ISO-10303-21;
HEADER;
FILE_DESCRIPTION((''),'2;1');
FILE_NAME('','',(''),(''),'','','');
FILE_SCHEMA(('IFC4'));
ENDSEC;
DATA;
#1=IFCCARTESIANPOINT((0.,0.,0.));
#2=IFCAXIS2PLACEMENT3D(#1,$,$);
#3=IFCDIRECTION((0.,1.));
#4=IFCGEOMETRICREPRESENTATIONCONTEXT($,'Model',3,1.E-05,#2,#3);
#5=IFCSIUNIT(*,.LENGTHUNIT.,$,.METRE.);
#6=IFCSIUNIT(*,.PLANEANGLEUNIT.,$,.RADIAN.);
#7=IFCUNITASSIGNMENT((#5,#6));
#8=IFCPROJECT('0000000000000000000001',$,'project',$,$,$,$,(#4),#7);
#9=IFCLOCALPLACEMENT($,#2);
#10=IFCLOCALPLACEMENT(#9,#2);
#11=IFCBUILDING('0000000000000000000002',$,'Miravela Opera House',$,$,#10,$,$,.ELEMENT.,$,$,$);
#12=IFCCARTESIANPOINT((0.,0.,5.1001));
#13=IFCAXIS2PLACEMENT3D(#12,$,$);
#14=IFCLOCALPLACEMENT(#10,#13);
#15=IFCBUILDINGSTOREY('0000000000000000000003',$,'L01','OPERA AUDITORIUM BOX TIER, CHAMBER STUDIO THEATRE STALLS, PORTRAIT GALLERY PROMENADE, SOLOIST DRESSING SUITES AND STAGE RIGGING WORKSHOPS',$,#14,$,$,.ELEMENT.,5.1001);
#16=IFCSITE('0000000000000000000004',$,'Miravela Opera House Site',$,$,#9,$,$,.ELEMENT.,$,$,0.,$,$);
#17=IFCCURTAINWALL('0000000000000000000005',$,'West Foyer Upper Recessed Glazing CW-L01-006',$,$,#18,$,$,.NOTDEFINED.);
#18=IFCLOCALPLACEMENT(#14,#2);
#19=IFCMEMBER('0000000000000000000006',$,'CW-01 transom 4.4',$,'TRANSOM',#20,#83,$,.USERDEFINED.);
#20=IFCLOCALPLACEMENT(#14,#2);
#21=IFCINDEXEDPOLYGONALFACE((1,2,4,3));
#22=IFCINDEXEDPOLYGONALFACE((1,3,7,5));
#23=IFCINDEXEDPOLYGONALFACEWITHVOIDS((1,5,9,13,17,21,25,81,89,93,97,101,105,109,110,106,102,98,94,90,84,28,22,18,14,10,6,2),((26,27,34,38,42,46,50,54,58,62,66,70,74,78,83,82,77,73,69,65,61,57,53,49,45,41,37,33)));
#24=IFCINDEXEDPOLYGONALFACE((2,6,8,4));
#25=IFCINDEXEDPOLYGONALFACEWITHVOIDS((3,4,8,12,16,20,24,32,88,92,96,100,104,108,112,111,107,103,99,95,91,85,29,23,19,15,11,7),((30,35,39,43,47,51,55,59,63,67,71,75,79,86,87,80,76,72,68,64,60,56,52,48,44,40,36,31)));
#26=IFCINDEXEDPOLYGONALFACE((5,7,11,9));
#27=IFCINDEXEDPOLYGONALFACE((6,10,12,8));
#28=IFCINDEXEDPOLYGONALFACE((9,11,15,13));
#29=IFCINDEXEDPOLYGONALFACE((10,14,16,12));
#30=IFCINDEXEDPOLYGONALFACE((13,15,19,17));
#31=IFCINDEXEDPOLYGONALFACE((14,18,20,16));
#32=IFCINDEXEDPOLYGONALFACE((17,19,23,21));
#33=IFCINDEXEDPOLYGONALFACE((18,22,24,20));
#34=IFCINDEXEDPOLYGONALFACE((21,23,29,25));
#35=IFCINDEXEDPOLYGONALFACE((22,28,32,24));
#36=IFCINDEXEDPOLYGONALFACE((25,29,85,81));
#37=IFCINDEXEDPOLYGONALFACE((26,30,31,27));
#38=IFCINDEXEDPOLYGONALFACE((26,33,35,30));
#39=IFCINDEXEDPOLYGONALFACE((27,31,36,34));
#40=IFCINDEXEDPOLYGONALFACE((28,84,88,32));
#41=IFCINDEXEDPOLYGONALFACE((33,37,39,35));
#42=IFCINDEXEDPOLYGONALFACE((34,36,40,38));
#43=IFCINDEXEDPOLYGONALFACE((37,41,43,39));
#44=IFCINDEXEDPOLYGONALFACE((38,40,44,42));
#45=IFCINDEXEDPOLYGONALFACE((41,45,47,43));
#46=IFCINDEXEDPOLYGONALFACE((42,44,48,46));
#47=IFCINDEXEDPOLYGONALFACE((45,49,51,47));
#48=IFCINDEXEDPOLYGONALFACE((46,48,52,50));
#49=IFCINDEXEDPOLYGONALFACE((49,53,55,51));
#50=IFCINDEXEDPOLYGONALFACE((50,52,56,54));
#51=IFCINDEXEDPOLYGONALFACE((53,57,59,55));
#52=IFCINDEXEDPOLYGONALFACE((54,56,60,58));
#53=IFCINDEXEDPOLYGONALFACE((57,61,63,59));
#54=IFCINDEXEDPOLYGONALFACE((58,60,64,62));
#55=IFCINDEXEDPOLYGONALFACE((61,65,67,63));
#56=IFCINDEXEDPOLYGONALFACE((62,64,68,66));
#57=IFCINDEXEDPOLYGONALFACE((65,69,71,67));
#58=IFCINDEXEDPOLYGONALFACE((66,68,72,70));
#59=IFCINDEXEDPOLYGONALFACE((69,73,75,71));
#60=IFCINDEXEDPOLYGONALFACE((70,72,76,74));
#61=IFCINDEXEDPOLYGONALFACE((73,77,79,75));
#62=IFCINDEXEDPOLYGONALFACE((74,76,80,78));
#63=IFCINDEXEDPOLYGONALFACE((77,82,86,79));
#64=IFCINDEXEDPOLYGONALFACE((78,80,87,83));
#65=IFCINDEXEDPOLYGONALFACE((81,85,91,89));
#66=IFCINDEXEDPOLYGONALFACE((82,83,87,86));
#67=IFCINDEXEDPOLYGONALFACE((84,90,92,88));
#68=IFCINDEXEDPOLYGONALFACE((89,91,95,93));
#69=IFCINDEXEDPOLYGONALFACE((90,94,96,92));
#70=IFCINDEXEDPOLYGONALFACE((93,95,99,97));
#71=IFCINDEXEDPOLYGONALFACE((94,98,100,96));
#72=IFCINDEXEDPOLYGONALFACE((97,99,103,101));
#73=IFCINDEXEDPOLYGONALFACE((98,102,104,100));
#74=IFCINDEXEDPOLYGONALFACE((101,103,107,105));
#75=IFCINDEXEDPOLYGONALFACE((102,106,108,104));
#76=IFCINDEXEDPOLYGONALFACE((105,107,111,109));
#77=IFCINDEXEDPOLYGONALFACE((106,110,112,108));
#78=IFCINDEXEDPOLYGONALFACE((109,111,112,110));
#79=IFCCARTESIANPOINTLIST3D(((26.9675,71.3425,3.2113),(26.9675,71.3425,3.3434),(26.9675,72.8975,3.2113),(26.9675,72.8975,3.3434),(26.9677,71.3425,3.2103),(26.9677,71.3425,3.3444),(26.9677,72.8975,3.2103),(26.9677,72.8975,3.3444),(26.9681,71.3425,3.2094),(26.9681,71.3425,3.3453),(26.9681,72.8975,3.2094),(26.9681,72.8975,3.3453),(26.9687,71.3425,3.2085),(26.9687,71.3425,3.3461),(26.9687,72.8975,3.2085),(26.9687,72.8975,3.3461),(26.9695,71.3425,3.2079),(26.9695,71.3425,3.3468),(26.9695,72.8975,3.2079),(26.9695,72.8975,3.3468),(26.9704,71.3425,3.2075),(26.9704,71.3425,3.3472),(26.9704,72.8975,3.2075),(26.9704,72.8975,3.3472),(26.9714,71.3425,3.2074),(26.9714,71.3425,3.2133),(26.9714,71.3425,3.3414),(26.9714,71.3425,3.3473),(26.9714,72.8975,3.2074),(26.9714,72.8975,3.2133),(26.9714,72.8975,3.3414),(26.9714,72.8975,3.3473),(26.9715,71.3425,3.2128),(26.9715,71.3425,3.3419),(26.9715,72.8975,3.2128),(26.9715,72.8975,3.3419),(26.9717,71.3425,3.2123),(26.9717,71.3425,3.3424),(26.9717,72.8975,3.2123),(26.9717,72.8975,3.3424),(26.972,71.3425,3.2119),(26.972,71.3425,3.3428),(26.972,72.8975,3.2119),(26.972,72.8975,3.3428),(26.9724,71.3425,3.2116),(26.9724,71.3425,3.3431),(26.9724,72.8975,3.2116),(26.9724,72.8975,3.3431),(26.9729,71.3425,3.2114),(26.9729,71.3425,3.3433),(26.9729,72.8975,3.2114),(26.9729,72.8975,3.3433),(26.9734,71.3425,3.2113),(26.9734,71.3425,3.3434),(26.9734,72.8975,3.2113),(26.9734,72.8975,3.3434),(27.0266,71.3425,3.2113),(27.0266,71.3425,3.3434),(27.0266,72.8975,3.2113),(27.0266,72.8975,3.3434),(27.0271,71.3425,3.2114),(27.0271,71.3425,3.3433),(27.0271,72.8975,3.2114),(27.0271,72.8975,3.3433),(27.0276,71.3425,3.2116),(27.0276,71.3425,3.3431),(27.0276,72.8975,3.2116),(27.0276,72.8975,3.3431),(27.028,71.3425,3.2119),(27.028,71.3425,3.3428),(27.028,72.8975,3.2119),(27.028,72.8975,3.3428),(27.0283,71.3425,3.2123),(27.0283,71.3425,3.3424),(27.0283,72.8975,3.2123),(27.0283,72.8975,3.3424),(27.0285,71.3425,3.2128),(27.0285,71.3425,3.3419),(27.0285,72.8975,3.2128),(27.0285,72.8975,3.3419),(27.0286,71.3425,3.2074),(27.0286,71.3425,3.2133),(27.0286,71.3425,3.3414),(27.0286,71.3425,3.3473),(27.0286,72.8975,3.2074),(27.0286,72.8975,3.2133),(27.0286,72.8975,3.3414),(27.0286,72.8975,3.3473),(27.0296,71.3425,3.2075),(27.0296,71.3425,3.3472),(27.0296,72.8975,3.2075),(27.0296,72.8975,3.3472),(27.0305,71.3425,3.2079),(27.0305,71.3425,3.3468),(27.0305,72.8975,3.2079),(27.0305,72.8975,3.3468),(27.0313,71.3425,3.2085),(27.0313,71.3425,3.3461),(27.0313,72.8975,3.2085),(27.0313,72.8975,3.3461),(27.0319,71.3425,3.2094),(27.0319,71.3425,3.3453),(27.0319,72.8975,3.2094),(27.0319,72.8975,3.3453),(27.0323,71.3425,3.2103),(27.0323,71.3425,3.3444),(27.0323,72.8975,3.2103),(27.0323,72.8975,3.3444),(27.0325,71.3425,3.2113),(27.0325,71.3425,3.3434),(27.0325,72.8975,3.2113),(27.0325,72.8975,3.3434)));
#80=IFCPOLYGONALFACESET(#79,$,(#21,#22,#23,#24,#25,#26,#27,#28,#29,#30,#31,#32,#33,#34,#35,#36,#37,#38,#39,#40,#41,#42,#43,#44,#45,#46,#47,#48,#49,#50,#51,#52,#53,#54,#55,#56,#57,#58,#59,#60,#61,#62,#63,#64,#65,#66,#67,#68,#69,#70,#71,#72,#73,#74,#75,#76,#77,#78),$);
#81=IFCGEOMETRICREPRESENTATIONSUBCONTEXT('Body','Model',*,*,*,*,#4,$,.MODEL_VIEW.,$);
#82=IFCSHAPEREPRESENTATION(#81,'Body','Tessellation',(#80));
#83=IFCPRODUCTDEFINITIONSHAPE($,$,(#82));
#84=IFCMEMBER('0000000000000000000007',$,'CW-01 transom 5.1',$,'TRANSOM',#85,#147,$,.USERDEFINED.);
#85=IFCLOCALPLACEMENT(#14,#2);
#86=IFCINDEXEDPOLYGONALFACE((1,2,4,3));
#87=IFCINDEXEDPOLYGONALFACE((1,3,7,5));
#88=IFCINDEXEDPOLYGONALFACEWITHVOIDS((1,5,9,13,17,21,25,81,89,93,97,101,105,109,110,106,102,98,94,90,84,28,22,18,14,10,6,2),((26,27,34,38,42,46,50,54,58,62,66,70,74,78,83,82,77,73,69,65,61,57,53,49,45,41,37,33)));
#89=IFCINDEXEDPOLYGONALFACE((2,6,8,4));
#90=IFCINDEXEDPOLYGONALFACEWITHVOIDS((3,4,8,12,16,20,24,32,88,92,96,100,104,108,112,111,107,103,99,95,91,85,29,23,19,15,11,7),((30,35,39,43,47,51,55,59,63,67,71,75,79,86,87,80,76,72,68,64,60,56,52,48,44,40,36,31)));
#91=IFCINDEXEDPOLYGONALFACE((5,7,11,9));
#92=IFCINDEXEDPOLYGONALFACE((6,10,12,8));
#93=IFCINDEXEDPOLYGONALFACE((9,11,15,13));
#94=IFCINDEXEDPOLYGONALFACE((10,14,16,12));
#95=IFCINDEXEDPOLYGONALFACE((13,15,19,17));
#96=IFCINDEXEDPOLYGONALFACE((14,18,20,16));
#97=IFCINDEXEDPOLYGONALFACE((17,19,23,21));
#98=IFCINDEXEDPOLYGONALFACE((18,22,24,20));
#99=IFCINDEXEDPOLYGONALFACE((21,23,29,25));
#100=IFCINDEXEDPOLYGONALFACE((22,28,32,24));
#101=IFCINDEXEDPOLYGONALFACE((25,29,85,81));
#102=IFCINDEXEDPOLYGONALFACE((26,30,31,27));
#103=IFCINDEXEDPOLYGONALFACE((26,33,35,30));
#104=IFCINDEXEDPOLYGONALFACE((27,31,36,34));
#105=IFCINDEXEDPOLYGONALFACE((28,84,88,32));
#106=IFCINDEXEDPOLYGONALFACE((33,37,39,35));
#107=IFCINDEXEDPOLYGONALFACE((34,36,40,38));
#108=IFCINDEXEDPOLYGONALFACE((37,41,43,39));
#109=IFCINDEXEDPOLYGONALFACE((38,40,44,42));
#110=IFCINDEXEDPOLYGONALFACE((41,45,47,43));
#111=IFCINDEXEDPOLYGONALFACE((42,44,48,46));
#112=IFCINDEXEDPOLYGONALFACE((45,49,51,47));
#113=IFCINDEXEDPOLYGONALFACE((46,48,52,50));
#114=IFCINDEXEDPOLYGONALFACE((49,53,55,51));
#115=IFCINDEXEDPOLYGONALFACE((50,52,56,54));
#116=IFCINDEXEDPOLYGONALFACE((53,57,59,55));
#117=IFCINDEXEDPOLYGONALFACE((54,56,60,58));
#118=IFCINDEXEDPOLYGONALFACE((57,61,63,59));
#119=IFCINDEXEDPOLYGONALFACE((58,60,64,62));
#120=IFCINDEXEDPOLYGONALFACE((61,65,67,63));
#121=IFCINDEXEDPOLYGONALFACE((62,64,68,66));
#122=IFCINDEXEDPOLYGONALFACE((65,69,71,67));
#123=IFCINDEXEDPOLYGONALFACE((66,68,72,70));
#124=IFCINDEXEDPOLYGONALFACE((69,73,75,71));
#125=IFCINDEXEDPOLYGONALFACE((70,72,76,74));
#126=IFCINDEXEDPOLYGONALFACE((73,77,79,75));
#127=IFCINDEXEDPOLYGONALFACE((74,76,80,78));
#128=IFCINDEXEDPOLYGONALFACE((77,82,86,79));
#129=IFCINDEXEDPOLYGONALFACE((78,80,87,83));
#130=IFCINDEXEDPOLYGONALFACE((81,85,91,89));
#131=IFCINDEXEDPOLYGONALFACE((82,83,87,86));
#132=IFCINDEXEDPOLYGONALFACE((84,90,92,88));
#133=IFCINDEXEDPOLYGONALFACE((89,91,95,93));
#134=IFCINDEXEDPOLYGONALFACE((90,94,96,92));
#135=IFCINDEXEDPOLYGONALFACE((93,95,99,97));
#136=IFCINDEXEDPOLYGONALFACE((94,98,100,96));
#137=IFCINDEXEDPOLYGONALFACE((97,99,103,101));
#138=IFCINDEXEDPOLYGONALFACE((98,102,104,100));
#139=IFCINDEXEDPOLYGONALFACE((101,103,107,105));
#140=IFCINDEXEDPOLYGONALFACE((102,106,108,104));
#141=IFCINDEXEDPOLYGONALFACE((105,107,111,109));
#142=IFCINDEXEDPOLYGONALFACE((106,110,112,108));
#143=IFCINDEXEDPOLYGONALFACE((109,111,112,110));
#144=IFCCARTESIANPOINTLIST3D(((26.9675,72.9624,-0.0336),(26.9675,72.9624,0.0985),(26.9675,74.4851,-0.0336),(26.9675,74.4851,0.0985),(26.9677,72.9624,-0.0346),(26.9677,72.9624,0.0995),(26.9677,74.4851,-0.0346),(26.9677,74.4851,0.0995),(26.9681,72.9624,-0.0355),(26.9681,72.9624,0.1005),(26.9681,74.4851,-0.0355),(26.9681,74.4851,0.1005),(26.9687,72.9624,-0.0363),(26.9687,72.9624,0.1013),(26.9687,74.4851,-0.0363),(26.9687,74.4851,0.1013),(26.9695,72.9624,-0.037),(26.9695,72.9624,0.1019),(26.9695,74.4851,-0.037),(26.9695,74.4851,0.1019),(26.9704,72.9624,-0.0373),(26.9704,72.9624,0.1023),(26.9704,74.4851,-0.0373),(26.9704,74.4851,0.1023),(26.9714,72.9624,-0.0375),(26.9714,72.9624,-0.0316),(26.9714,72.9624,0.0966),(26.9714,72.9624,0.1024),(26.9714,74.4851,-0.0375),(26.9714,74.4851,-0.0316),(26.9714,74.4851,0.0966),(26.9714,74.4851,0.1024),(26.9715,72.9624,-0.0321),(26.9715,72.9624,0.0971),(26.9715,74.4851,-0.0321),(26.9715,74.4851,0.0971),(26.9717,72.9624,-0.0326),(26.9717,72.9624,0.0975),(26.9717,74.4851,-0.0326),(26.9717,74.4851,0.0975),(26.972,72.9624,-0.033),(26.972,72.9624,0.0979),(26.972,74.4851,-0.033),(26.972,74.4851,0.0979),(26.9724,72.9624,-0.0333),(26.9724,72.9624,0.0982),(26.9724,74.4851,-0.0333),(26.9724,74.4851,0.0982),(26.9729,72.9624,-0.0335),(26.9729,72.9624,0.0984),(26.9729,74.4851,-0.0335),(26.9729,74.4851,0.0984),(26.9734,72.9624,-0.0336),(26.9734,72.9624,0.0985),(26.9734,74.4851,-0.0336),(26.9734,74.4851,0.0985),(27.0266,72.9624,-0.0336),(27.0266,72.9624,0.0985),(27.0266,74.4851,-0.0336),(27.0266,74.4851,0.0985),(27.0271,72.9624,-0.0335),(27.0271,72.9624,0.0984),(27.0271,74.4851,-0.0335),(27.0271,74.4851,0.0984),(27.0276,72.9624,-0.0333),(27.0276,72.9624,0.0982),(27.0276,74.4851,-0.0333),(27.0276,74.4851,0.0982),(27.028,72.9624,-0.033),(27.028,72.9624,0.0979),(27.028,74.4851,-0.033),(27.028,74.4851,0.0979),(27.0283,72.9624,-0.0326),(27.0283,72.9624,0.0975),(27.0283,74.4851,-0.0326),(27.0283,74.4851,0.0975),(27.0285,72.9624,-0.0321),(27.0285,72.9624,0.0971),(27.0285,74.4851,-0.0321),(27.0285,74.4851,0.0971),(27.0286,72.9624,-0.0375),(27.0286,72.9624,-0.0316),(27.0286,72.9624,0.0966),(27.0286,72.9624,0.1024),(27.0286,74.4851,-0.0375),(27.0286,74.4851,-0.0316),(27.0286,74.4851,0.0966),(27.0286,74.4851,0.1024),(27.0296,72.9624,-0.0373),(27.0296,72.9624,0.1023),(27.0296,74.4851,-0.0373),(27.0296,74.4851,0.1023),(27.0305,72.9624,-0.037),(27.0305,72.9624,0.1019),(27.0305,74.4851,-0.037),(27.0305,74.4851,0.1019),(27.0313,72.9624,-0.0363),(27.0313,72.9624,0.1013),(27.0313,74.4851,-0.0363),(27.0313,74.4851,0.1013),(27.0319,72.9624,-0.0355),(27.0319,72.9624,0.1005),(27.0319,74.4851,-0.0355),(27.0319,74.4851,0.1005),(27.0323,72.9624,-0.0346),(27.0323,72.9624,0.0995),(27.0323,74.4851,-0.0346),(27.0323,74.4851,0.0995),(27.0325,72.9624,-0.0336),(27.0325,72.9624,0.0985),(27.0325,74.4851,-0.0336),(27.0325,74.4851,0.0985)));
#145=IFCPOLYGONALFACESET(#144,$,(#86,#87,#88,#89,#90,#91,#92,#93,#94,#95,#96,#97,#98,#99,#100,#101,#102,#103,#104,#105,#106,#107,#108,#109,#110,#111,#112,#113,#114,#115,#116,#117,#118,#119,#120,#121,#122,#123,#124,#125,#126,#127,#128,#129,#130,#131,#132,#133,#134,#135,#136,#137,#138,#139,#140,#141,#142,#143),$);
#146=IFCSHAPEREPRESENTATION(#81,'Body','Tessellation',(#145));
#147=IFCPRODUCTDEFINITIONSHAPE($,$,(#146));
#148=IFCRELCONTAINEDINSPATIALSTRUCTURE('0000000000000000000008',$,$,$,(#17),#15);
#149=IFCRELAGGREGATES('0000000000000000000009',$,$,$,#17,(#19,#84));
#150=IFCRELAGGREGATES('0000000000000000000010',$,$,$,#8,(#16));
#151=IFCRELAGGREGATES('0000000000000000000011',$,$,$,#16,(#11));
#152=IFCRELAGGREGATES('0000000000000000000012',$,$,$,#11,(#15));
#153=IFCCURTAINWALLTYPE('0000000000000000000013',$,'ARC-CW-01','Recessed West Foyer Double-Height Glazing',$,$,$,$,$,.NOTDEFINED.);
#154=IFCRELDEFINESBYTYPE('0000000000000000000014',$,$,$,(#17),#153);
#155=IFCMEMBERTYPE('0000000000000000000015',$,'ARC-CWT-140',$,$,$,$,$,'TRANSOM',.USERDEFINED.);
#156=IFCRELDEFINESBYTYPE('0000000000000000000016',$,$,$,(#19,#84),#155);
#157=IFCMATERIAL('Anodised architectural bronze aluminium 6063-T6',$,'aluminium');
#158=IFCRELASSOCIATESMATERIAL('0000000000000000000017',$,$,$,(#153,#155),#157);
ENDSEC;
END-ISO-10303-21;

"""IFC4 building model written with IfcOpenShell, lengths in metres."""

from ifc_helpers import new_model, si_unit, direction, frame, origin, origin_2d, place, context, subcontext, project, spatial, hollow_rectangle, extrude, material, material_profile, profile_set, type_object, element, aggregate, save


model = new_model("IFC4")

# Units and contexts
model_context = context("Model", 3, precision=1e-05, world=origin(), true_north=direction((0.0, 1.0)))
body_context = subcontext(model_context, "Body", "Model", "MODEL_VIEW")
ifc_project = project(units=[si_unit("LENGTHUNIT", "METRE"), si_unit("PLANEANGLEUNIT", "RADIAN")], contexts=[model_context])

# Site, building, storey
site_placement = place(None, origin())
site = spatial("IfcSite", under=ifc_project, at=site_placement, Name="Miravela Opera House Site", CompositionType="ELEMENT", RefElevation=0.0)
building_placement = place(site_placement, origin())
building = spatial("IfcBuilding", under=site, at=building_placement, Name="Miravela Opera House", CompositionType="ELEMENT")
storey_placement = place(building_placement, frame((0.0, 0.0, 5.1001)))
storey = spatial("IfcBuildingStorey", under=building, at=storey_placement, Name="L01", Description="OPERA AUDITORIUM BOX TIER, CHAMBER STUDIO THEATRE STALLS, PORTRAIT GALLERY PROMENADE, SOLOIST DRESSING SUITES AND STAGE RIGGING WORKSHOPS", CompositionType="ELEMENT", Elevation=5.1001)

# Curtain wall, members
ifc_material_1 = material(Name="Anodised architectural bronze aluminium 6063-T6", Category="aluminium")
curtain_wall_type = type_object("IfcCurtainWallType", Name="ARC-CW-01", Description="Recessed West Foyer Double-Height Glazing", PredefinedType="NOTDEFINED", material=ifc_material_1)
curtain_wall_placement = place(storey_placement, origin())
curtain_wall = element("IfcCurtainWall", 1, at=curtain_wall_placement, inside=storey, type_object=curtain_wall_type, Name="West Foyer Upper Recessed Glazing CW-L01-006", PredefinedType="NOTDEFINED")
ifc_material_profile_1 = material_profile(ifc_material_1, hollow_rectangle(XDim=0.0649, YDim=0.1399, WallThickness=0.0039, InnerFilletRadius=0.002, OuterFilletRadius=0.0039, at=origin_2d()), Name="CWT-65X140")
ifc_profile_set_1 = profile_set([ifc_material_profile_1])
member_type_1 = type_object("IfcMemberType", Name="ARC-CWT-140", ElementType="TRANSOM", PredefinedType="USERDEFINED", material=ifc_profile_set_1)
member_1_placement = place(storey_placement, frame((27.0, 71.3425, 3.2773), z_axis=(0.0, 1.0, 0.0), x_axis=(-1.0, 0.0, 0.0)))
member_1 = element("IfcMember", 2, at=member_1_placement, type_object=member_type_1, Name="CW-01 transom 4.4", ObjectType="TRANSOM", PredefinedType="USERDEFINED", context=body_context, shape_type="SweptSolid", body=[
    extrude(hollow_rectangle(XDim=0.0649, YDim=0.1399, WallThickness=0.0039, InnerFilletRadius=0.002, OuterFilletRadius=0.0039, at=origin_2d()), origin(), (0.0, 0.0, 1.0), 1.5549),
])
member_2_placement = place(storey_placement, frame((27.0, 72.9624, 0.0325), z_axis=(0.0, 1.0, 0.0), x_axis=(-1.0, 0.0, 0.0)))
member_2 = element("IfcMember", 3, at=member_2_placement, type_object=member_type_1, Name="CW-01 transom 5.1", ObjectType="TRANSOM", PredefinedType="USERDEFINED", context=body_context, shape_type="SweptSolid", body=[
    extrude(hollow_rectangle(XDim=0.0649, YDim=0.1399, WallThickness=0.0039, InnerFilletRadius=0.002, OuterFilletRadius=0.0039, at=origin_2d()), origin(), (0.0, 0.0, 1.0), 1.5227),
])
aggregate(curtain_wall, [member_1, member_2])

save(model, "model.ifc")
